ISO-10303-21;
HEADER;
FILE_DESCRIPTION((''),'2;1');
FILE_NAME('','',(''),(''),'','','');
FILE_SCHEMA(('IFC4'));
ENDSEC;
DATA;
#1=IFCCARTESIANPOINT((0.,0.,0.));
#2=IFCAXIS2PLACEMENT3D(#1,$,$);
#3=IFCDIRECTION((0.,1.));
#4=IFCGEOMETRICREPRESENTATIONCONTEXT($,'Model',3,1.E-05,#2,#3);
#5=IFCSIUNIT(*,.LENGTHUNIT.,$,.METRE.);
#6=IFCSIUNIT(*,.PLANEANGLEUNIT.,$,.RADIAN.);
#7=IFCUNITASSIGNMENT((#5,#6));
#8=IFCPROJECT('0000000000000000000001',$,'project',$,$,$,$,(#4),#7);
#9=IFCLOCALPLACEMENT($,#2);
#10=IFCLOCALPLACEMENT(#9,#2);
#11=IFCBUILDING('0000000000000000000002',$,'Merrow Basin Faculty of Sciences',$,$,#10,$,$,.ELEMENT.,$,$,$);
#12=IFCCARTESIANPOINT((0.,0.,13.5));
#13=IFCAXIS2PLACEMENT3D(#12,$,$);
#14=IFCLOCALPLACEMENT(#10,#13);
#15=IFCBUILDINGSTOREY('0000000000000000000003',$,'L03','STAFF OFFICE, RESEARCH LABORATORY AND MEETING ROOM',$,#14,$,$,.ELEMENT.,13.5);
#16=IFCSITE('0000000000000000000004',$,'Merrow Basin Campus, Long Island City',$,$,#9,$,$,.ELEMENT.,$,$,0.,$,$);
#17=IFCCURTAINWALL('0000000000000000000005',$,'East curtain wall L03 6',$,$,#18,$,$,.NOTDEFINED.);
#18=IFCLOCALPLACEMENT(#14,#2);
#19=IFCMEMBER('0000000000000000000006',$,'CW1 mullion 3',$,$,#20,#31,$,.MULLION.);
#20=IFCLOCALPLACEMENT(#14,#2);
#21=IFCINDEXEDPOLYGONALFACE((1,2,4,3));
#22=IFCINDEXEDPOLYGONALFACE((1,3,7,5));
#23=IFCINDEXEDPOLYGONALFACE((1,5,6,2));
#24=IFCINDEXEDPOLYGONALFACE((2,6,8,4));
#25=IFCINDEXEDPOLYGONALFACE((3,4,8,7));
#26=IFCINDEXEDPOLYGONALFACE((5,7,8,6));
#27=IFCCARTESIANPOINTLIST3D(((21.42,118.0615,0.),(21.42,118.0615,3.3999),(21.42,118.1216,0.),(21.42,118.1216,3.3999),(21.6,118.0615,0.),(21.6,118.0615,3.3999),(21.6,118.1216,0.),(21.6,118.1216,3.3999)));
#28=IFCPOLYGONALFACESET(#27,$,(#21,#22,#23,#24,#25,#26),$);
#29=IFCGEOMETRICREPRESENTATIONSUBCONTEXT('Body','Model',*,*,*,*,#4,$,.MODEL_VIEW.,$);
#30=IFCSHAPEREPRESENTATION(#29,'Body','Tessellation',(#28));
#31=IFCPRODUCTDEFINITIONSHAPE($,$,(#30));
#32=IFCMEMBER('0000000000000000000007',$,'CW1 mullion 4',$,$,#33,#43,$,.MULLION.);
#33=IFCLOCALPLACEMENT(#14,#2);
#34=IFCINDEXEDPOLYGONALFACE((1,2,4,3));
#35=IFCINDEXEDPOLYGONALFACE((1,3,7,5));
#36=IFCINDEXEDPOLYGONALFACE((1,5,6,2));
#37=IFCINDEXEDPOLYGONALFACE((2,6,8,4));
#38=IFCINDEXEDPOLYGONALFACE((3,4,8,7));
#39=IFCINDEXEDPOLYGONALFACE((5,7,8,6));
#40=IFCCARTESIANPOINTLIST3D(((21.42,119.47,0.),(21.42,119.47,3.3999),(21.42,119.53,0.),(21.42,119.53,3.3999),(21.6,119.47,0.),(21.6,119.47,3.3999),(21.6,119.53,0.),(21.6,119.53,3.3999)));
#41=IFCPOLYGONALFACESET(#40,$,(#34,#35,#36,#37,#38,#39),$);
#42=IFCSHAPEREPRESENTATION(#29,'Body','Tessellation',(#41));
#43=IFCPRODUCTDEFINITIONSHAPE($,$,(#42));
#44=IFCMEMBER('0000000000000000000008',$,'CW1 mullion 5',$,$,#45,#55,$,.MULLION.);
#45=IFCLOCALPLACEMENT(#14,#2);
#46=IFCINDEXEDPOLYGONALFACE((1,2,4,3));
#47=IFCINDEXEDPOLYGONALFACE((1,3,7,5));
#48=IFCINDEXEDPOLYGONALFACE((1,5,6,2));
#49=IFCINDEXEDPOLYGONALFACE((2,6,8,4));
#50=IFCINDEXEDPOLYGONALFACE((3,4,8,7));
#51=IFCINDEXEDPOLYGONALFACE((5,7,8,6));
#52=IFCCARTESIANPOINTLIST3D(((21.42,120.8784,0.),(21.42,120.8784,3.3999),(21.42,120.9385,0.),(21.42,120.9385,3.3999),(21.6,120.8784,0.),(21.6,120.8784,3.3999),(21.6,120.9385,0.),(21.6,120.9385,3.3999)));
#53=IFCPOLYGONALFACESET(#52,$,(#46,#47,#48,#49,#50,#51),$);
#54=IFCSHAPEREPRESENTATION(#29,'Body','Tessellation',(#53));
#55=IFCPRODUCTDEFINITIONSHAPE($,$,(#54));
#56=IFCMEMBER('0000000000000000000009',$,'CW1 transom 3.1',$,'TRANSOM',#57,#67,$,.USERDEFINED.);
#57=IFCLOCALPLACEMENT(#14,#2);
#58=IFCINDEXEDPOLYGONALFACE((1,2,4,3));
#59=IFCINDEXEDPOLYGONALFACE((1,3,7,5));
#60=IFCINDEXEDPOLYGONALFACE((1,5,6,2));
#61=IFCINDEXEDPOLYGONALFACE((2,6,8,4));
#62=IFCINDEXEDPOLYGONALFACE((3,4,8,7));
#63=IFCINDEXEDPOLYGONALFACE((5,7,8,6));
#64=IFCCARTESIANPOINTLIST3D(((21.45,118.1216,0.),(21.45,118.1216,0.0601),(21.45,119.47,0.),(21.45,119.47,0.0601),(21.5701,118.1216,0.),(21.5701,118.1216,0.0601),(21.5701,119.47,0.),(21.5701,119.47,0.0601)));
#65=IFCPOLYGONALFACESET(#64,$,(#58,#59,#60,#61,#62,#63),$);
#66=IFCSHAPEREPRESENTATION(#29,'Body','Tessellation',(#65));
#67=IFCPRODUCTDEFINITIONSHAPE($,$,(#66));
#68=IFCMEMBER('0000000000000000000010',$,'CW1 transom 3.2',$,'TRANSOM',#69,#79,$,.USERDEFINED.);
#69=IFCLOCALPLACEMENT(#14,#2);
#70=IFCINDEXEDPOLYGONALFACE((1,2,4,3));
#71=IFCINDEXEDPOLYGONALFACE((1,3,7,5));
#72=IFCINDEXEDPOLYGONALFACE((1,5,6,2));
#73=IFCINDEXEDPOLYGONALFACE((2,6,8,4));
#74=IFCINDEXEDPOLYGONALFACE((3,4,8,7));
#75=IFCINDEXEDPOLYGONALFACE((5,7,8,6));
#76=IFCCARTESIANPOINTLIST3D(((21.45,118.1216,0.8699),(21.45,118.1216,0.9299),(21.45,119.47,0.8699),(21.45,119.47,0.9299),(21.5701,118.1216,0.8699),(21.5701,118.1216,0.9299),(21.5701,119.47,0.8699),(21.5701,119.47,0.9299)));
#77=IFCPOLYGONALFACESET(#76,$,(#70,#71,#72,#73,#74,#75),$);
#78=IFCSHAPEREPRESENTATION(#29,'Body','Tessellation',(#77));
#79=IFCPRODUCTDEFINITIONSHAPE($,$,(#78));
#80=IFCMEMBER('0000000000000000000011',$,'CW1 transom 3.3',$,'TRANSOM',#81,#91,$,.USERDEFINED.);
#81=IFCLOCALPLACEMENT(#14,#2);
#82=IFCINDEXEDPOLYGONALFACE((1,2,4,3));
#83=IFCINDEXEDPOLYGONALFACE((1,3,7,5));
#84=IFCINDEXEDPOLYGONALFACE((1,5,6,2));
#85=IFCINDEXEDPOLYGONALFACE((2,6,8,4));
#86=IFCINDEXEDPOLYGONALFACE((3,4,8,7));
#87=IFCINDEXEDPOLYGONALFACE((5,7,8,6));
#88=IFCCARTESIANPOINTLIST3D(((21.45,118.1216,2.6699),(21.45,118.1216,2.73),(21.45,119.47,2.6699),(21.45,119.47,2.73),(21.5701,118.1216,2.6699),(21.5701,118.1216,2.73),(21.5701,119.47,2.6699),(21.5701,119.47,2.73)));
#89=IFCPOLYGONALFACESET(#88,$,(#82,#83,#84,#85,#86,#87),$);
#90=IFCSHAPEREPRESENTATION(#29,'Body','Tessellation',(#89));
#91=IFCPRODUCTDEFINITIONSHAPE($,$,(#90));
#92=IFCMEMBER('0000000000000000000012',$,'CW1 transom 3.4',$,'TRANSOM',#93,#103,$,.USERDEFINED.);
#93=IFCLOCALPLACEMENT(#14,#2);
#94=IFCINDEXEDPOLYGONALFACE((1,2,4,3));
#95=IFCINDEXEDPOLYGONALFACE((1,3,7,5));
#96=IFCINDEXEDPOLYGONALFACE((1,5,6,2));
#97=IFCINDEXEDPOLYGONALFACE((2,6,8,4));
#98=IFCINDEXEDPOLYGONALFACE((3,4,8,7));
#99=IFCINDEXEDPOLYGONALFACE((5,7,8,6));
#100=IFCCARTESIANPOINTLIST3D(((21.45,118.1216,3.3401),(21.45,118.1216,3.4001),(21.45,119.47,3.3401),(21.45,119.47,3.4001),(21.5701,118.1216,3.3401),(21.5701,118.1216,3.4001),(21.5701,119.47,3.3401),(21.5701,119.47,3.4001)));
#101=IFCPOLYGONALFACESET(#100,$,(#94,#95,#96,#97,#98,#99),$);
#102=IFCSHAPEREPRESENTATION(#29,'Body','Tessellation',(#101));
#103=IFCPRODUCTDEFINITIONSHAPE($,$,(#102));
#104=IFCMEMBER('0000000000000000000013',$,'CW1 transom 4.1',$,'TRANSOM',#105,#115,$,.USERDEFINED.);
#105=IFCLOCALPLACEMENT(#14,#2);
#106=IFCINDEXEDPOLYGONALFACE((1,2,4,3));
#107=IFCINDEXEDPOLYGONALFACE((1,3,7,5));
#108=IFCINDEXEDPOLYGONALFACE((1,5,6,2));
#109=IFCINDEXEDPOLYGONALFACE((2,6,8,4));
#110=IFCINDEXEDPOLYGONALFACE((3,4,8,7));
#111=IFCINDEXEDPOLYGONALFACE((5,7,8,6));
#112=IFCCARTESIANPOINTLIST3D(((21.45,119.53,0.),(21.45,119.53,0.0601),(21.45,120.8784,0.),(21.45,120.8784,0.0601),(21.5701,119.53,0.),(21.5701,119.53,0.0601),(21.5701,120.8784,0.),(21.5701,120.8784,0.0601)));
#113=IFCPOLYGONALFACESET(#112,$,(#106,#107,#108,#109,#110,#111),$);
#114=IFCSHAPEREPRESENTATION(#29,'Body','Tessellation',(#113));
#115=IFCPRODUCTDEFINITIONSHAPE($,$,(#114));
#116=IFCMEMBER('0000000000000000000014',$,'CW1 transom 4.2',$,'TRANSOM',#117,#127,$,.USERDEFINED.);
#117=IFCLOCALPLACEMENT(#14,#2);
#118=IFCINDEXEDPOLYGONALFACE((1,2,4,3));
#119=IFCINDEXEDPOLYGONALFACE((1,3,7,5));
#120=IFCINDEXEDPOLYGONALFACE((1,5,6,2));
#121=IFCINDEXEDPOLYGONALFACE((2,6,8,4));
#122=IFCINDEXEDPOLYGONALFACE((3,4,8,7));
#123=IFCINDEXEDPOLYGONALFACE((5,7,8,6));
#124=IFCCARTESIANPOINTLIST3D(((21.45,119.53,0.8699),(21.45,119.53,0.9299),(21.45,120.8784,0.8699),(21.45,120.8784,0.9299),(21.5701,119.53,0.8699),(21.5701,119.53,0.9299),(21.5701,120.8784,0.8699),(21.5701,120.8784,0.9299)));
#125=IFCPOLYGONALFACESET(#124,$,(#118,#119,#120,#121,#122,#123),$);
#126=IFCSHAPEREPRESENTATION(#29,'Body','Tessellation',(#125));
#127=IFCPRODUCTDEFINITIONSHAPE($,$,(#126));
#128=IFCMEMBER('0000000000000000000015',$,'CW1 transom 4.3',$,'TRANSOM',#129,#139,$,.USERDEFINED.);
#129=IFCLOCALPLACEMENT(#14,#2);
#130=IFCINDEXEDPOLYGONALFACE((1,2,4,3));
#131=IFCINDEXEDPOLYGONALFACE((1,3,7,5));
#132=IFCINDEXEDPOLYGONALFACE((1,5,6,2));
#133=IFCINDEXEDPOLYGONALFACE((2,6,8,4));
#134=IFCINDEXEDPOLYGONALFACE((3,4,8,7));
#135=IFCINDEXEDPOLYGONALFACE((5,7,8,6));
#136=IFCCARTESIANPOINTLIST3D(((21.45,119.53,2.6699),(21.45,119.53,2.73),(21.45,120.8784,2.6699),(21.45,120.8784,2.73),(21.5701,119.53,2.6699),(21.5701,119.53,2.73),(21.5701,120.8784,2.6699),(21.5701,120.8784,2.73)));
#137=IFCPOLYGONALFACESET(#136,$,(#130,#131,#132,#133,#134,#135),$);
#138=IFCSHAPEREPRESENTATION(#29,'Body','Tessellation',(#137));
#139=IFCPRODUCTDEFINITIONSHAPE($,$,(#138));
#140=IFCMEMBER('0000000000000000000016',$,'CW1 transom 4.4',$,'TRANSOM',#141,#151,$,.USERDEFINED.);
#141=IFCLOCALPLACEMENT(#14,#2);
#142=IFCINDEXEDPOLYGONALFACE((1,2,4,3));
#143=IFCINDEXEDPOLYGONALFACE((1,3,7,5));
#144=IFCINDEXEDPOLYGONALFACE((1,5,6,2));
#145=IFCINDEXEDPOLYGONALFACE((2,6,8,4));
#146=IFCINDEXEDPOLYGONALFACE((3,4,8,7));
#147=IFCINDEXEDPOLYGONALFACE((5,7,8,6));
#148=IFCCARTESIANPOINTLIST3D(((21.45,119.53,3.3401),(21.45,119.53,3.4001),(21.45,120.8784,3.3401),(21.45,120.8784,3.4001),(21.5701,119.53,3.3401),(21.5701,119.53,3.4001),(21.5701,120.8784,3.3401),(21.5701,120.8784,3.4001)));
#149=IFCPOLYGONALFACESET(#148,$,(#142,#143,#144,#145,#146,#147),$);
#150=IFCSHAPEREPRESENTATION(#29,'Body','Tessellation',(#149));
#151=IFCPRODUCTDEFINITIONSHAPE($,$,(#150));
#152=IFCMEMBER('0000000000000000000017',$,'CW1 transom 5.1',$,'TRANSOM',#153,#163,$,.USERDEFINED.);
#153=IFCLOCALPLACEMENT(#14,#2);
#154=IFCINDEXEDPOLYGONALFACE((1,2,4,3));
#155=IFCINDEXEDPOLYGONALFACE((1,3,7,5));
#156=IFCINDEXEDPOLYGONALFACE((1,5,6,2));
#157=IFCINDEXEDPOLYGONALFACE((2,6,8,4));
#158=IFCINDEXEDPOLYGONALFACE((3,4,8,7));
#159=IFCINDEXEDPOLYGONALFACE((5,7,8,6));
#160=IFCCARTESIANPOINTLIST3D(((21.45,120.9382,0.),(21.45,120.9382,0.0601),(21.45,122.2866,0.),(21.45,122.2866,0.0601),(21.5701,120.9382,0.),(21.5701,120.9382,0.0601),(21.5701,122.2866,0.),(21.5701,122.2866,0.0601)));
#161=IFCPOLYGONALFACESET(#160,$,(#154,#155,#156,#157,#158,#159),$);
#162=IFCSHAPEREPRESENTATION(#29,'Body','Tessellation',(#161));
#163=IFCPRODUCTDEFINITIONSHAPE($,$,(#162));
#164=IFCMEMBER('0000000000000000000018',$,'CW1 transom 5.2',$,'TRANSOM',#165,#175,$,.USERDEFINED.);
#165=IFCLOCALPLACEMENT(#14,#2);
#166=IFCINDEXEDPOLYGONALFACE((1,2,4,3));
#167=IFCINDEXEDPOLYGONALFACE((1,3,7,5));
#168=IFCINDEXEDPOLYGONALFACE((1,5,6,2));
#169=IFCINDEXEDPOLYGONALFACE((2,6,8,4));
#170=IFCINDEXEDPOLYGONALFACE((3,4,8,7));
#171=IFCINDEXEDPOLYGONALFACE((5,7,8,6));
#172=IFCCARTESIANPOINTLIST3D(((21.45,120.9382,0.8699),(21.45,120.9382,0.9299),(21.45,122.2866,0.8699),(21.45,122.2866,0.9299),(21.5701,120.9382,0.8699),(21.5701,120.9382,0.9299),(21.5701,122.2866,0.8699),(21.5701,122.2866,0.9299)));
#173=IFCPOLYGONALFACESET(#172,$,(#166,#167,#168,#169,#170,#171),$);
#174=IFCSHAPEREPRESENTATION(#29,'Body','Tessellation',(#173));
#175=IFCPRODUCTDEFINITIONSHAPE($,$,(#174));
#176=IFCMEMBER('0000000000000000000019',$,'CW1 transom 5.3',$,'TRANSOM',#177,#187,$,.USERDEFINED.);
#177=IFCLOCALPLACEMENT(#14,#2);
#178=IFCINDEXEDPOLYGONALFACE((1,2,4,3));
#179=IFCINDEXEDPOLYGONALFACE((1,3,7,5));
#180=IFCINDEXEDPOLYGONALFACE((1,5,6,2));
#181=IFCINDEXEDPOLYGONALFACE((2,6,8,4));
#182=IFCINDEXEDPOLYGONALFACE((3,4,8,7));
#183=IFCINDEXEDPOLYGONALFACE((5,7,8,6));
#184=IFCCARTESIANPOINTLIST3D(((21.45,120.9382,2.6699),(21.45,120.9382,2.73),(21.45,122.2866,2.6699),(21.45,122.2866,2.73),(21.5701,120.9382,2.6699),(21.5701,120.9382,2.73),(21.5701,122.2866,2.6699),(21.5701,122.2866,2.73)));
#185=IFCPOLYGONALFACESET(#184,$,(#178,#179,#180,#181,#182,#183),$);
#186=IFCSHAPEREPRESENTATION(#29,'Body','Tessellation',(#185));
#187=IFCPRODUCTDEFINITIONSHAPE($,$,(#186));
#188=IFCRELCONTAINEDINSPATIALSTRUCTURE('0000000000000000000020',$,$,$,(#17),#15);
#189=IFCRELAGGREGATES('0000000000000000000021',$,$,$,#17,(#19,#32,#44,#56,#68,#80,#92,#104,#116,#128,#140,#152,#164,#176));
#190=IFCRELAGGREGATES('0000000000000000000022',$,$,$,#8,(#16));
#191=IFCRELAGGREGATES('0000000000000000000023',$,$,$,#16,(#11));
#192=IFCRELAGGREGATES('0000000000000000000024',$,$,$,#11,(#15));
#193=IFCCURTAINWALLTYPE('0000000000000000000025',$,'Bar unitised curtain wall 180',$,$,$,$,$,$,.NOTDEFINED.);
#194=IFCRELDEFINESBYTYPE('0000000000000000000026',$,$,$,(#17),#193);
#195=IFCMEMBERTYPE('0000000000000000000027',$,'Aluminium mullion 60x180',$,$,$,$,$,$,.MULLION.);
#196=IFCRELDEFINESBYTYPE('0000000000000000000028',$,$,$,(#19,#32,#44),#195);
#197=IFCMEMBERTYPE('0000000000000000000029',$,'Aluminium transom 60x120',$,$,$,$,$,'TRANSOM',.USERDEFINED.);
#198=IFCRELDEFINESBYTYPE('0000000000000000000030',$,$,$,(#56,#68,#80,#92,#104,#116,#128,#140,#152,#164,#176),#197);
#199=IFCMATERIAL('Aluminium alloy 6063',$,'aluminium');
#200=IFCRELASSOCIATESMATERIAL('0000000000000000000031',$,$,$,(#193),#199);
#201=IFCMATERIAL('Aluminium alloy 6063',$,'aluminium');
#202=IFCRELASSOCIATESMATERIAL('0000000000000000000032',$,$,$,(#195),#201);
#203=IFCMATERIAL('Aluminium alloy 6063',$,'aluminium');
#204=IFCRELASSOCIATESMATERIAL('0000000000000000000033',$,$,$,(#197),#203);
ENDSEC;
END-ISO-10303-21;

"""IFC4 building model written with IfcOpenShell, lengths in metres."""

from ifc_helpers import new_model, si_unit, direction, frame, origin, origin_2d, place, context, subcontext, project, spatial, rectangle, extrude, material, material_profile, profile_set, type_object, element, aggregate, save


model = new_model("IFC4")

# Units and contexts
model_context = context("Model", 3, precision=1e-05, world=origin(), true_north=direction((0.0, 1.0)))
body_context = subcontext(model_context, "Body", "Model", "MODEL_VIEW")
ifc_project = project(units=[si_unit("LENGTHUNIT", "METRE"), si_unit("PLANEANGLEUNIT", "RADIAN")], contexts=[model_context])

# Site, building, storey
site_placement = place(None, origin())
site = spatial("IfcSite", under=ifc_project, at=site_placement, Name="Merrow Basin Campus, Long Island City", CompositionType="ELEMENT", RefElevation=0.0)
building_placement = place(site_placement, origin())
building = spatial("IfcBuilding", under=site, at=building_placement, Name="Merrow Basin Faculty of Sciences", CompositionType="ELEMENT")
storey_placement = place(building_placement, frame((0.0, 0.0, 13.5)))
storey = spatial("IfcBuildingStorey", under=building, at=storey_placement, Name="L03", Description="STAFF OFFICE, RESEARCH LABORATORY AND MEETING ROOM", CompositionType="ELEMENT", Elevation=13.5)

# Curtain wall, members
ifc_material_1 = material(Name="Aluminium alloy 6063", Category="aluminium")
curtain_wall_type = type_object("IfcCurtainWallType", Name="Bar unitised curtain wall 180", PredefinedType="NOTDEFINED", material=ifc_material_1)
curtain_wall_placement = place(storey_placement, origin())
curtain_wall = element("IfcCurtainWall", 1, at=curtain_wall_placement, inside=storey, type_object=curtain_wall_type, Name="East curtain wall L03 6", PredefinedType="NOTDEFINED")
ifc_material_2 = material(Name="Aluminium alloy 6063", Category="aluminium")
ifc_material_profile_1 = material_profile(ifc_material_2, rectangle(XDim=0.1799, YDim=0.0601, at=origin_2d()))
ifc_profile_set_1 = profile_set([ifc_material_profile_1], Name="Aluminium alloy 6063")
member_type_1 = type_object("IfcMemberType", Name="Aluminium mullion 60x180", PredefinedType="MULLION", material=ifc_profile_set_1)
member_1_placement = place(storey_placement, frame((21.51, 118.0916, 0.0), z_axis=(0.0, 0.0, 1.0), x_axis=(-1.0, 0.0, 0.0)))
member_1 = element("IfcMember", 2, at=member_1_placement, type_object=member_type_1, Name="CW1 mullion 3", PredefinedType="MULLION", context=body_context, shape_type="SweptSolid", body=[
    extrude(rectangle(XDim=0.1799, YDim=0.0601, at=origin_2d()), origin(), (0.0, 0.0, 1.0), 3.3999),
])
member_2_placement = place(storey_placement, frame((21.51, 119.5, 0.0), z_axis=(0.0, 0.0, 1.0), x_axis=(-1.0, 0.0, 0.0)))
member_2 = element("IfcMember", 3, at=member_2_placement, type_object=member_type_1, Name="CW1 mullion 4", PredefinedType="MULLION", context=body_context, shape_type="SweptSolid", body=[
    extrude(rectangle(XDim=0.1799, YDim=0.0601, at=origin_2d()), origin(), (0.0, 0.0, 1.0), 3.3999),
])
member_3_placement = place(storey_placement, frame((21.51, 120.9084, 0.0), z_axis=(0.0, 0.0, 1.0), x_axis=(-1.0, 0.0, 0.0)))
member_3 = element("IfcMember", 4, at=member_3_placement, type_object=member_type_1, Name="CW1 mullion 5", PredefinedType="MULLION", context=body_context, shape_type="SweptSolid", body=[
    extrude(rectangle(XDim=0.1799, YDim=0.0601, at=origin_2d()), origin(), (0.0, 0.0, 1.0), 3.3999),
])
ifc_material_3 = material(Name="Aluminium alloy 6063", Category="aluminium")
ifc_material_profile_2 = material_profile(ifc_material_3, rectangle(XDim=0.1201, YDim=0.0601, at=origin_2d()))
ifc_profile_set_2 = profile_set([ifc_material_profile_2], Name="Aluminium alloy 6063")
member_type_2 = type_object("IfcMemberType", Name="Aluminium transom 60x120", ElementType="TRANSOM", PredefinedType="USERDEFINED", material=ifc_profile_set_2)
member_4_placement = place(storey_placement, frame((21.51, 118.1216, 0.03), z_axis=(0.0, 1.0, 0.0), x_axis=(-1.0, 0.0, 0.0)))
member_4 = element("IfcMember", 5, at=member_4_placement, type_object=member_type_2, Name="CW1 transom 3.1", ObjectType="TRANSOM", PredefinedType="USERDEFINED", context=body_context, shape_type="SweptSolid", body=[
    extrude(rectangle(XDim=0.1201, YDim=0.0601, at=origin_2d()), origin(), (0.0, 0.0, 1.0), 1.3484),
])
member_5_placement = place(storey_placement, frame((21.51, 118.1216, 0.8999), z_axis=(0.0, 1.0, 0.0), x_axis=(-1.0, 0.0, 0.0)))
member_5 = element("IfcMember", 6, at=member_5_placement, type_object=member_type_2, Name="CW1 transom 3.2", ObjectType="TRANSOM", PredefinedType="USERDEFINED", context=body_context, shape_type="SweptSolid", body=[
    extrude(rectangle(XDim=0.1201, YDim=0.0601, at=origin_2d()), origin(), (0.0, 0.0, 1.0), 1.3484),
])
member_6_placement = place(storey_placement, frame((21.51, 118.1216, 2.7), z_axis=(0.0, 1.0, 0.0), x_axis=(-1.0, 0.0, 0.0)))
member_6 = element("IfcMember", 7, at=member_6_placement, type_object=member_type_2, Name="CW1 transom 3.3", ObjectType="TRANSOM", PredefinedType="USERDEFINED", context=body_context, shape_type="SweptSolid", body=[
    extrude(rectangle(XDim=0.1201, YDim=0.0601, at=origin_2d()), origin(), (0.0, 0.0, 1.0), 1.3484),
])
member_7_placement = place(storey_placement, frame((21.51, 118.1216, 3.3701), z_axis=(0.0, 1.0, 0.0), x_axis=(-1.0, 0.0, 0.0)))
member_7 = element("IfcMember", 8, at=member_7_placement, type_object=member_type_2, Name="CW1 transom 3.4", ObjectType="TRANSOM", PredefinedType="USERDEFINED", context=body_context, shape_type="SweptSolid", body=[
    extrude(rectangle(XDim=0.1201, YDim=0.0601, at=origin_2d()), origin(), (0.0, 0.0, 1.0), 1.3484),
])
member_8_placement = place(storey_placement, frame((21.51, 119.53, 0.03), z_axis=(0.0, 1.0, 0.0), x_axis=(-1.0, 0.0, 0.0)))
member_8 = element("IfcMember", 9, at=member_8_placement, type_object=member_type_2, Name="CW1 transom 4.1", ObjectType="TRANSOM", PredefinedType="USERDEFINED", context=body_context, shape_type="SweptSolid", body=[
    extrude(rectangle(XDim=0.1201, YDim=0.0601, at=origin_2d()), origin(), (0.0, 0.0, 1.0), 1.3484),
])
member_9_placement = place(storey_placement, frame((21.51, 119.53, 0.8999), z_axis=(0.0, 1.0, 0.0), x_axis=(-1.0, 0.0, 0.0)))
member_9 = element("IfcMember", 10, at=member_9_placement, type_object=member_type_2, Name="CW1 transom 4.2", ObjectType="TRANSOM", PredefinedType="USERDEFINED", context=body_context, shape_type="SweptSolid", body=[
    extrude(rectangle(XDim=0.1201, YDim=0.0601, at=origin_2d()), origin(), (0.0, 0.0, 1.0), 1.3484),
])
member_10_placement = place(storey_placement, frame((21.51, 119.53, 2.7), z_axis=(0.0, 1.0, 0.0), x_axis=(-1.0, 0.0, 0.0)))
member_10 = element("IfcMember", 11, at=member_10_placement, type_object=member_type_2, Name="CW1 transom 4.3", ObjectType="TRANSOM", PredefinedType="USERDEFINED", context=body_context, shape_type="SweptSolid", body=[
    extrude(rectangle(XDim=0.1201, YDim=0.0601, at=origin_2d()), origin(), (0.0, 0.0, 1.0), 1.3484),
])
member_11_placement = place(storey_placement, frame((21.51, 119.53, 3.3701), z_axis=(0.0, 1.0, 0.0), x_axis=(-1.0, 0.0, 0.0)))
member_11 = element("IfcMember", 12, at=member_11_placement, type_object=member_type_2, Name="CW1 transom 4.4", ObjectType="TRANSOM", PredefinedType="USERDEFINED", context=body_context, shape_type="SweptSolid", body=[
    extrude(rectangle(XDim=0.1201, YDim=0.0601, at=origin_2d()), origin(), (0.0, 0.0, 1.0), 1.3484),
])
member_12_placement = place(storey_placement, frame((21.51, 120.9382, 0.03), z_axis=(0.0, 1.0, 0.0), x_axis=(-1.0, 0.0, 0.0)))
member_12 = element("IfcMember", 13, at=member_12_placement, type_object=member_type_2, Name="CW1 transom 5.1", ObjectType="TRANSOM", PredefinedType="USERDEFINED", context=body_context, shape_type="SweptSolid", body=[
    extrude(rectangle(XDim=0.1201, YDim=0.0601, at=origin_2d()), origin(), (0.0, 0.0, 1.0), 1.3484),
])
member_13_placement = place(storey_placement, frame((21.51, 120.9382, 0.8999), z_axis=(0.0, 1.0, 0.0), x_axis=(-1.0, 0.0, 0.0)))
member_13 = element("IfcMember", 14, at=member_13_placement, type_object=member_type_2, Name="CW1 transom 5.2", ObjectType="TRANSOM", PredefinedType="USERDEFINED", context=body_context, shape_type="SweptSolid", body=[
    extrude(rectangle(XDim=0.1201, YDim=0.0601, at=origin_2d()), origin(), (0.0, 0.0, 1.0), 1.3484),
])
member_14_placement = place(storey_placement, frame((21.51, 120.9382, 2.7), z_axis=(0.0, 1.0, 0.0), x_axis=(-1.0, 0.0, 0.0)))
member_14 = element("IfcMember", 15, at=member_14_placement, type_object=member_type_2, Name="CW1 transom 5.3", ObjectType="TRANSOM", PredefinedType="USERDEFINED", context=body_context, shape_type="SweptSolid", body=[
    extrude(rectangle(XDim=0.1201, YDim=0.0601, at=origin_2d()), origin(), (0.0, 0.0, 1.0), 1.3484),
])
aggregate(curtain_wall, [member_1, member_2, member_3, member_4, member_5, member_6, member_7, member_8, member_9, member_10, member_11, member_12, member_13, member_14])

save(model, "model.ifc")
